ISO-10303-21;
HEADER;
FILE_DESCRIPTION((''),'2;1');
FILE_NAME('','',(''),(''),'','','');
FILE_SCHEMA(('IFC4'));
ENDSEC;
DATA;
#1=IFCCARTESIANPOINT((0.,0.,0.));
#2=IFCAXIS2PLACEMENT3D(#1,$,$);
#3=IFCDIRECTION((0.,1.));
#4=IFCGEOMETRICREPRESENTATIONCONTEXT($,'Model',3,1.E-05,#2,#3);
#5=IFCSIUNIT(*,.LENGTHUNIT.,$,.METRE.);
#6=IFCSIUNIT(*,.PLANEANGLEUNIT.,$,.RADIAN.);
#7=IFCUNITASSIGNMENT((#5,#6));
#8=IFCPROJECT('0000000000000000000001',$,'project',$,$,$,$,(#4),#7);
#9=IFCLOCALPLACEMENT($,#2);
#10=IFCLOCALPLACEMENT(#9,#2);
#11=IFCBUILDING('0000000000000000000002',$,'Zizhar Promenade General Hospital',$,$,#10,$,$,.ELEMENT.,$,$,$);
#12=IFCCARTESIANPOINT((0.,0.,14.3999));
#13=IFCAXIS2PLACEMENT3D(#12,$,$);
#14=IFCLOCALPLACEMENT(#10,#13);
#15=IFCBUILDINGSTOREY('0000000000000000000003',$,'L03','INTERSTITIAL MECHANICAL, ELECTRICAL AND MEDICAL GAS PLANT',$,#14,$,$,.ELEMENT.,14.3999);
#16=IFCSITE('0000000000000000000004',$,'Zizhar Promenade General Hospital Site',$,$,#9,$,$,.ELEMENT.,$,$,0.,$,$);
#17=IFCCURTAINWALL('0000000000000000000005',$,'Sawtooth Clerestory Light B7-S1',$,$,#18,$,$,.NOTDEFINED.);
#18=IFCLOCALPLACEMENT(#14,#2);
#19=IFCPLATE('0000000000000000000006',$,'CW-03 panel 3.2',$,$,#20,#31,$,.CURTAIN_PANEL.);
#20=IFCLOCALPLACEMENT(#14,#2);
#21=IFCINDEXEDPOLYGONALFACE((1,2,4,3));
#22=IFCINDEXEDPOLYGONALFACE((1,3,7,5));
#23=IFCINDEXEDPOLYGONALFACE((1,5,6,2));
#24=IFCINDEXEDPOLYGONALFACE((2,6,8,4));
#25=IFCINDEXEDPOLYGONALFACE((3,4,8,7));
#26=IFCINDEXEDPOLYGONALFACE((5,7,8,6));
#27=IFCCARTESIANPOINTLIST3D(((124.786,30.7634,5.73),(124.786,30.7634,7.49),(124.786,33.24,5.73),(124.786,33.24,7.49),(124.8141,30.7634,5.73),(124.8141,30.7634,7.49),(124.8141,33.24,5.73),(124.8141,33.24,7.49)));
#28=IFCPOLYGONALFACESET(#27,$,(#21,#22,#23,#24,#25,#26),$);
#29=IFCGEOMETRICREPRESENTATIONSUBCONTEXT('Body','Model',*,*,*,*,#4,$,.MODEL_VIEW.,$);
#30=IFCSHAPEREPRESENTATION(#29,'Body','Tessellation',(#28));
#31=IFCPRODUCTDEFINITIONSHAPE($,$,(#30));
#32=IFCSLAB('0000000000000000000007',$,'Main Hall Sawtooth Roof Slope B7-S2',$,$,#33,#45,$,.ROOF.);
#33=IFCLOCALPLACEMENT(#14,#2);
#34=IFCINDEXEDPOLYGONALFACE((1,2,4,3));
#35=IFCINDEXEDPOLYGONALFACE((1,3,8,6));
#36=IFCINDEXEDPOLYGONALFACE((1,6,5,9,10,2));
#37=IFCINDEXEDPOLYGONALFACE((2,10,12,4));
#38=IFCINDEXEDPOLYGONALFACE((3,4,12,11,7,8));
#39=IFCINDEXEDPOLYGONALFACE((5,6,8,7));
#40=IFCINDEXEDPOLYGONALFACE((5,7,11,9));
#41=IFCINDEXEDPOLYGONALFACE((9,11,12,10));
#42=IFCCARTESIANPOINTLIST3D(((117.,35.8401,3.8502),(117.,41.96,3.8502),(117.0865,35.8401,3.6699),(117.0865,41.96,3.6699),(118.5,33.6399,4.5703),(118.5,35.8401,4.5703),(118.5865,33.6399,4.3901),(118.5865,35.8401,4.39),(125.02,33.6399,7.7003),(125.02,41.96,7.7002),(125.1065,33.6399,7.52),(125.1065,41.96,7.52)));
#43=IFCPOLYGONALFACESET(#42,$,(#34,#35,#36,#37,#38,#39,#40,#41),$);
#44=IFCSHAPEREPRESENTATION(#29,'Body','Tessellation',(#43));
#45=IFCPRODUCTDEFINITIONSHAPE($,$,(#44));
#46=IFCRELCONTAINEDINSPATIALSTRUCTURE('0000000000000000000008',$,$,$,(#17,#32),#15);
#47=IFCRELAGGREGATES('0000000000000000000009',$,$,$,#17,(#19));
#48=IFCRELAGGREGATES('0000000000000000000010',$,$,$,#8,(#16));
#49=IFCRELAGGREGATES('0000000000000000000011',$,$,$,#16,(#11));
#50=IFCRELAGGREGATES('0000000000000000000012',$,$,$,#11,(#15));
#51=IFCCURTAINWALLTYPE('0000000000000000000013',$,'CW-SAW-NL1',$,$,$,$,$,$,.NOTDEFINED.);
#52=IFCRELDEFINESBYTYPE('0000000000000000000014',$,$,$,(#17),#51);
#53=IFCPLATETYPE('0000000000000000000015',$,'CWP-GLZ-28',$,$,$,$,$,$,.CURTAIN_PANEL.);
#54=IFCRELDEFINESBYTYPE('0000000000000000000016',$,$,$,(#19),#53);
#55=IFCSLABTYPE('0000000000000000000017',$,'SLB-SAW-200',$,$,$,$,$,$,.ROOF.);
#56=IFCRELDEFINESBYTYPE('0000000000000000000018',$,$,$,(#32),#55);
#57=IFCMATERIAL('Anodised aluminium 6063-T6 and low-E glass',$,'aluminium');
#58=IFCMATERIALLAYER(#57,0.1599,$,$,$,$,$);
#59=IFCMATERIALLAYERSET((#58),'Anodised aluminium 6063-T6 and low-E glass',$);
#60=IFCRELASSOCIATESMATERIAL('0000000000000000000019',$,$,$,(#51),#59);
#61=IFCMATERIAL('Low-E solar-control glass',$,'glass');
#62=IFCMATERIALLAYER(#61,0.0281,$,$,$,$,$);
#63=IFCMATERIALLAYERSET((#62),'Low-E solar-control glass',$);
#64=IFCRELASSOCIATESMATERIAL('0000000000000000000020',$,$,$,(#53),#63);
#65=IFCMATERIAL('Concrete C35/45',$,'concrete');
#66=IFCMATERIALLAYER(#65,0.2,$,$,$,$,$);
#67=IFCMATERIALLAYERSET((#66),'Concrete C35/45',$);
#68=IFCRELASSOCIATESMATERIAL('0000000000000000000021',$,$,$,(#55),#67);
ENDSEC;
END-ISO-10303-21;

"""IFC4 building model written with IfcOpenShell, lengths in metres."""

from ifc_helpers import new_model, si_unit, direction, frame, origin, origin_2d, place, context, subcontext, project, spatial, polyline, rectangle, outline, extrude, material, layer, layer_set, type_object, element, aggregate, save


model = new_model("IFC4")

# Units and contexts
model_context = context("Model", 3, precision=1e-05, world=origin(), true_north=direction((0.0, 1.0)))
body_context = subcontext(model_context, "Body", "Model", "MODEL_VIEW")
ifc_project = project(units=[si_unit("LENGTHUNIT", "METRE"), si_unit("PLANEANGLEUNIT", "RADIAN")], contexts=[model_context])

# Site, building, storey
site_placement = place(None, origin())
site = spatial("IfcSite", under=ifc_project, at=site_placement, Name="Zizhar Promenade General Hospital Site", CompositionType="ELEMENT", RefElevation=0.0)
building_placement = place(site_placement, origin())
building = spatial("IfcBuilding", under=site, at=building_placement, Name="Zizhar Promenade General Hospital", CompositionType="ELEMENT")
storey_placement = place(building_placement, frame((0.0, 0.0, 14.3999)))
storey = spatial("IfcBuildingStorey", under=building, at=storey_placement, Name="L03", Description="INTERSTITIAL MECHANICAL, ELECTRICAL AND MEDICAL GAS PLANT", CompositionType="ELEMENT", Elevation=14.3999)

# Curtain wall
ifc_material_1 = material(Name="Anodised aluminium 6063-T6 and low-E glass", Category="aluminium")
ifc_layer_1 = layer(ifc_material_1, 0.1599)
ifc_layer_set_1 = layer_set([ifc_layer_1], Name="Anodised aluminium 6063-T6 and low-E glass")
curtain_wall_type_1 = type_object("IfcCurtainWallType", Name="CW-SAW-NL1", PredefinedType="NOTDEFINED", material=ifc_layer_set_1)
curtain_wall_1_placement = place(storey_placement, origin())
curtain_wall_1 = element("IfcCurtainWall", 1, at=curtain_wall_1_placement, inside=storey, type_object=curtain_wall_type_1, Name="Sawtooth Clerestory Light B7-S1", PredefinedType="NOTDEFINED")

# Plate
ifc_material_2 = material(Name="Low-E solar-control glass", Category="glass")
ifc_layer_2 = layer(ifc_material_2, 0.0281)
ifc_layer_set_2 = layer_set([ifc_layer_2], Name="Low-E solar-control glass")
plate_type = type_object("IfcPlateType", Name="CWP-GLZ-28", PredefinedType="CURTAIN_PANEL", material=ifc_layer_set_2)
plate_1_placement = place(storey_placement, frame((124.8, 32.0017, 5.73), z_axis=(0.0, 0.0, 1.0), x_axis=(0.0, 1.0, 0.0)))
plate_1 = element("IfcPlate", 2, at=plate_1_placement, type_object=plate_type, Name="CW-03 panel 3.2", PredefinedType="CURTAIN_PANEL", context=body_context, shape_type="SweptSolid", body=[
    extrude(rectangle(XDim=2.4766, YDim=0.0281, at=origin_2d()), origin(), (0.0, 0.0, 1.0), 1.76),
])
aggregate(curtain_wall_1, [plate_1])

# Slab
ifc_material_3 = material(Name="Concrete C35/45", Category="concrete")
ifc_layer_3 = layer(ifc_material_3, 0.2)
ifc_layer_set_3 = layer_set([ifc_layer_3], Name="Concrete C35/45")
slab_type = type_object("IfcSlabType", Name="SLB-SAW-200", PredefinedType="ROOF", material=ifc_layer_set_3)
slab_placement = place(storey_placement, frame((118.5, 33.6399, 4.5703), z_axis=(-0.432773, 0.000007, 0.901503), x_axis=(0.901503, 0.0, 0.432773)))
element("IfcSlab", 3, at=slab_placement, inside=storey, type_object=slab_type, Name="Main Hall Sawtooth Roof Slope B7-S2", PredefinedType="ROOF", context=body_context, shape_type="SweptSolid", body=[
    extrude(outline(polyline([(0.0, 0.0), (7.2323, 0.0), (7.2323, 8.3201), (-1.6639, 8.3201), (-1.6639, 2.2002), (0.0, 2.2002), (0.0, 0.0)])), origin(), (0.0, 0.0, -1.0), 0.2),
])

save(model, "model.ifc")
